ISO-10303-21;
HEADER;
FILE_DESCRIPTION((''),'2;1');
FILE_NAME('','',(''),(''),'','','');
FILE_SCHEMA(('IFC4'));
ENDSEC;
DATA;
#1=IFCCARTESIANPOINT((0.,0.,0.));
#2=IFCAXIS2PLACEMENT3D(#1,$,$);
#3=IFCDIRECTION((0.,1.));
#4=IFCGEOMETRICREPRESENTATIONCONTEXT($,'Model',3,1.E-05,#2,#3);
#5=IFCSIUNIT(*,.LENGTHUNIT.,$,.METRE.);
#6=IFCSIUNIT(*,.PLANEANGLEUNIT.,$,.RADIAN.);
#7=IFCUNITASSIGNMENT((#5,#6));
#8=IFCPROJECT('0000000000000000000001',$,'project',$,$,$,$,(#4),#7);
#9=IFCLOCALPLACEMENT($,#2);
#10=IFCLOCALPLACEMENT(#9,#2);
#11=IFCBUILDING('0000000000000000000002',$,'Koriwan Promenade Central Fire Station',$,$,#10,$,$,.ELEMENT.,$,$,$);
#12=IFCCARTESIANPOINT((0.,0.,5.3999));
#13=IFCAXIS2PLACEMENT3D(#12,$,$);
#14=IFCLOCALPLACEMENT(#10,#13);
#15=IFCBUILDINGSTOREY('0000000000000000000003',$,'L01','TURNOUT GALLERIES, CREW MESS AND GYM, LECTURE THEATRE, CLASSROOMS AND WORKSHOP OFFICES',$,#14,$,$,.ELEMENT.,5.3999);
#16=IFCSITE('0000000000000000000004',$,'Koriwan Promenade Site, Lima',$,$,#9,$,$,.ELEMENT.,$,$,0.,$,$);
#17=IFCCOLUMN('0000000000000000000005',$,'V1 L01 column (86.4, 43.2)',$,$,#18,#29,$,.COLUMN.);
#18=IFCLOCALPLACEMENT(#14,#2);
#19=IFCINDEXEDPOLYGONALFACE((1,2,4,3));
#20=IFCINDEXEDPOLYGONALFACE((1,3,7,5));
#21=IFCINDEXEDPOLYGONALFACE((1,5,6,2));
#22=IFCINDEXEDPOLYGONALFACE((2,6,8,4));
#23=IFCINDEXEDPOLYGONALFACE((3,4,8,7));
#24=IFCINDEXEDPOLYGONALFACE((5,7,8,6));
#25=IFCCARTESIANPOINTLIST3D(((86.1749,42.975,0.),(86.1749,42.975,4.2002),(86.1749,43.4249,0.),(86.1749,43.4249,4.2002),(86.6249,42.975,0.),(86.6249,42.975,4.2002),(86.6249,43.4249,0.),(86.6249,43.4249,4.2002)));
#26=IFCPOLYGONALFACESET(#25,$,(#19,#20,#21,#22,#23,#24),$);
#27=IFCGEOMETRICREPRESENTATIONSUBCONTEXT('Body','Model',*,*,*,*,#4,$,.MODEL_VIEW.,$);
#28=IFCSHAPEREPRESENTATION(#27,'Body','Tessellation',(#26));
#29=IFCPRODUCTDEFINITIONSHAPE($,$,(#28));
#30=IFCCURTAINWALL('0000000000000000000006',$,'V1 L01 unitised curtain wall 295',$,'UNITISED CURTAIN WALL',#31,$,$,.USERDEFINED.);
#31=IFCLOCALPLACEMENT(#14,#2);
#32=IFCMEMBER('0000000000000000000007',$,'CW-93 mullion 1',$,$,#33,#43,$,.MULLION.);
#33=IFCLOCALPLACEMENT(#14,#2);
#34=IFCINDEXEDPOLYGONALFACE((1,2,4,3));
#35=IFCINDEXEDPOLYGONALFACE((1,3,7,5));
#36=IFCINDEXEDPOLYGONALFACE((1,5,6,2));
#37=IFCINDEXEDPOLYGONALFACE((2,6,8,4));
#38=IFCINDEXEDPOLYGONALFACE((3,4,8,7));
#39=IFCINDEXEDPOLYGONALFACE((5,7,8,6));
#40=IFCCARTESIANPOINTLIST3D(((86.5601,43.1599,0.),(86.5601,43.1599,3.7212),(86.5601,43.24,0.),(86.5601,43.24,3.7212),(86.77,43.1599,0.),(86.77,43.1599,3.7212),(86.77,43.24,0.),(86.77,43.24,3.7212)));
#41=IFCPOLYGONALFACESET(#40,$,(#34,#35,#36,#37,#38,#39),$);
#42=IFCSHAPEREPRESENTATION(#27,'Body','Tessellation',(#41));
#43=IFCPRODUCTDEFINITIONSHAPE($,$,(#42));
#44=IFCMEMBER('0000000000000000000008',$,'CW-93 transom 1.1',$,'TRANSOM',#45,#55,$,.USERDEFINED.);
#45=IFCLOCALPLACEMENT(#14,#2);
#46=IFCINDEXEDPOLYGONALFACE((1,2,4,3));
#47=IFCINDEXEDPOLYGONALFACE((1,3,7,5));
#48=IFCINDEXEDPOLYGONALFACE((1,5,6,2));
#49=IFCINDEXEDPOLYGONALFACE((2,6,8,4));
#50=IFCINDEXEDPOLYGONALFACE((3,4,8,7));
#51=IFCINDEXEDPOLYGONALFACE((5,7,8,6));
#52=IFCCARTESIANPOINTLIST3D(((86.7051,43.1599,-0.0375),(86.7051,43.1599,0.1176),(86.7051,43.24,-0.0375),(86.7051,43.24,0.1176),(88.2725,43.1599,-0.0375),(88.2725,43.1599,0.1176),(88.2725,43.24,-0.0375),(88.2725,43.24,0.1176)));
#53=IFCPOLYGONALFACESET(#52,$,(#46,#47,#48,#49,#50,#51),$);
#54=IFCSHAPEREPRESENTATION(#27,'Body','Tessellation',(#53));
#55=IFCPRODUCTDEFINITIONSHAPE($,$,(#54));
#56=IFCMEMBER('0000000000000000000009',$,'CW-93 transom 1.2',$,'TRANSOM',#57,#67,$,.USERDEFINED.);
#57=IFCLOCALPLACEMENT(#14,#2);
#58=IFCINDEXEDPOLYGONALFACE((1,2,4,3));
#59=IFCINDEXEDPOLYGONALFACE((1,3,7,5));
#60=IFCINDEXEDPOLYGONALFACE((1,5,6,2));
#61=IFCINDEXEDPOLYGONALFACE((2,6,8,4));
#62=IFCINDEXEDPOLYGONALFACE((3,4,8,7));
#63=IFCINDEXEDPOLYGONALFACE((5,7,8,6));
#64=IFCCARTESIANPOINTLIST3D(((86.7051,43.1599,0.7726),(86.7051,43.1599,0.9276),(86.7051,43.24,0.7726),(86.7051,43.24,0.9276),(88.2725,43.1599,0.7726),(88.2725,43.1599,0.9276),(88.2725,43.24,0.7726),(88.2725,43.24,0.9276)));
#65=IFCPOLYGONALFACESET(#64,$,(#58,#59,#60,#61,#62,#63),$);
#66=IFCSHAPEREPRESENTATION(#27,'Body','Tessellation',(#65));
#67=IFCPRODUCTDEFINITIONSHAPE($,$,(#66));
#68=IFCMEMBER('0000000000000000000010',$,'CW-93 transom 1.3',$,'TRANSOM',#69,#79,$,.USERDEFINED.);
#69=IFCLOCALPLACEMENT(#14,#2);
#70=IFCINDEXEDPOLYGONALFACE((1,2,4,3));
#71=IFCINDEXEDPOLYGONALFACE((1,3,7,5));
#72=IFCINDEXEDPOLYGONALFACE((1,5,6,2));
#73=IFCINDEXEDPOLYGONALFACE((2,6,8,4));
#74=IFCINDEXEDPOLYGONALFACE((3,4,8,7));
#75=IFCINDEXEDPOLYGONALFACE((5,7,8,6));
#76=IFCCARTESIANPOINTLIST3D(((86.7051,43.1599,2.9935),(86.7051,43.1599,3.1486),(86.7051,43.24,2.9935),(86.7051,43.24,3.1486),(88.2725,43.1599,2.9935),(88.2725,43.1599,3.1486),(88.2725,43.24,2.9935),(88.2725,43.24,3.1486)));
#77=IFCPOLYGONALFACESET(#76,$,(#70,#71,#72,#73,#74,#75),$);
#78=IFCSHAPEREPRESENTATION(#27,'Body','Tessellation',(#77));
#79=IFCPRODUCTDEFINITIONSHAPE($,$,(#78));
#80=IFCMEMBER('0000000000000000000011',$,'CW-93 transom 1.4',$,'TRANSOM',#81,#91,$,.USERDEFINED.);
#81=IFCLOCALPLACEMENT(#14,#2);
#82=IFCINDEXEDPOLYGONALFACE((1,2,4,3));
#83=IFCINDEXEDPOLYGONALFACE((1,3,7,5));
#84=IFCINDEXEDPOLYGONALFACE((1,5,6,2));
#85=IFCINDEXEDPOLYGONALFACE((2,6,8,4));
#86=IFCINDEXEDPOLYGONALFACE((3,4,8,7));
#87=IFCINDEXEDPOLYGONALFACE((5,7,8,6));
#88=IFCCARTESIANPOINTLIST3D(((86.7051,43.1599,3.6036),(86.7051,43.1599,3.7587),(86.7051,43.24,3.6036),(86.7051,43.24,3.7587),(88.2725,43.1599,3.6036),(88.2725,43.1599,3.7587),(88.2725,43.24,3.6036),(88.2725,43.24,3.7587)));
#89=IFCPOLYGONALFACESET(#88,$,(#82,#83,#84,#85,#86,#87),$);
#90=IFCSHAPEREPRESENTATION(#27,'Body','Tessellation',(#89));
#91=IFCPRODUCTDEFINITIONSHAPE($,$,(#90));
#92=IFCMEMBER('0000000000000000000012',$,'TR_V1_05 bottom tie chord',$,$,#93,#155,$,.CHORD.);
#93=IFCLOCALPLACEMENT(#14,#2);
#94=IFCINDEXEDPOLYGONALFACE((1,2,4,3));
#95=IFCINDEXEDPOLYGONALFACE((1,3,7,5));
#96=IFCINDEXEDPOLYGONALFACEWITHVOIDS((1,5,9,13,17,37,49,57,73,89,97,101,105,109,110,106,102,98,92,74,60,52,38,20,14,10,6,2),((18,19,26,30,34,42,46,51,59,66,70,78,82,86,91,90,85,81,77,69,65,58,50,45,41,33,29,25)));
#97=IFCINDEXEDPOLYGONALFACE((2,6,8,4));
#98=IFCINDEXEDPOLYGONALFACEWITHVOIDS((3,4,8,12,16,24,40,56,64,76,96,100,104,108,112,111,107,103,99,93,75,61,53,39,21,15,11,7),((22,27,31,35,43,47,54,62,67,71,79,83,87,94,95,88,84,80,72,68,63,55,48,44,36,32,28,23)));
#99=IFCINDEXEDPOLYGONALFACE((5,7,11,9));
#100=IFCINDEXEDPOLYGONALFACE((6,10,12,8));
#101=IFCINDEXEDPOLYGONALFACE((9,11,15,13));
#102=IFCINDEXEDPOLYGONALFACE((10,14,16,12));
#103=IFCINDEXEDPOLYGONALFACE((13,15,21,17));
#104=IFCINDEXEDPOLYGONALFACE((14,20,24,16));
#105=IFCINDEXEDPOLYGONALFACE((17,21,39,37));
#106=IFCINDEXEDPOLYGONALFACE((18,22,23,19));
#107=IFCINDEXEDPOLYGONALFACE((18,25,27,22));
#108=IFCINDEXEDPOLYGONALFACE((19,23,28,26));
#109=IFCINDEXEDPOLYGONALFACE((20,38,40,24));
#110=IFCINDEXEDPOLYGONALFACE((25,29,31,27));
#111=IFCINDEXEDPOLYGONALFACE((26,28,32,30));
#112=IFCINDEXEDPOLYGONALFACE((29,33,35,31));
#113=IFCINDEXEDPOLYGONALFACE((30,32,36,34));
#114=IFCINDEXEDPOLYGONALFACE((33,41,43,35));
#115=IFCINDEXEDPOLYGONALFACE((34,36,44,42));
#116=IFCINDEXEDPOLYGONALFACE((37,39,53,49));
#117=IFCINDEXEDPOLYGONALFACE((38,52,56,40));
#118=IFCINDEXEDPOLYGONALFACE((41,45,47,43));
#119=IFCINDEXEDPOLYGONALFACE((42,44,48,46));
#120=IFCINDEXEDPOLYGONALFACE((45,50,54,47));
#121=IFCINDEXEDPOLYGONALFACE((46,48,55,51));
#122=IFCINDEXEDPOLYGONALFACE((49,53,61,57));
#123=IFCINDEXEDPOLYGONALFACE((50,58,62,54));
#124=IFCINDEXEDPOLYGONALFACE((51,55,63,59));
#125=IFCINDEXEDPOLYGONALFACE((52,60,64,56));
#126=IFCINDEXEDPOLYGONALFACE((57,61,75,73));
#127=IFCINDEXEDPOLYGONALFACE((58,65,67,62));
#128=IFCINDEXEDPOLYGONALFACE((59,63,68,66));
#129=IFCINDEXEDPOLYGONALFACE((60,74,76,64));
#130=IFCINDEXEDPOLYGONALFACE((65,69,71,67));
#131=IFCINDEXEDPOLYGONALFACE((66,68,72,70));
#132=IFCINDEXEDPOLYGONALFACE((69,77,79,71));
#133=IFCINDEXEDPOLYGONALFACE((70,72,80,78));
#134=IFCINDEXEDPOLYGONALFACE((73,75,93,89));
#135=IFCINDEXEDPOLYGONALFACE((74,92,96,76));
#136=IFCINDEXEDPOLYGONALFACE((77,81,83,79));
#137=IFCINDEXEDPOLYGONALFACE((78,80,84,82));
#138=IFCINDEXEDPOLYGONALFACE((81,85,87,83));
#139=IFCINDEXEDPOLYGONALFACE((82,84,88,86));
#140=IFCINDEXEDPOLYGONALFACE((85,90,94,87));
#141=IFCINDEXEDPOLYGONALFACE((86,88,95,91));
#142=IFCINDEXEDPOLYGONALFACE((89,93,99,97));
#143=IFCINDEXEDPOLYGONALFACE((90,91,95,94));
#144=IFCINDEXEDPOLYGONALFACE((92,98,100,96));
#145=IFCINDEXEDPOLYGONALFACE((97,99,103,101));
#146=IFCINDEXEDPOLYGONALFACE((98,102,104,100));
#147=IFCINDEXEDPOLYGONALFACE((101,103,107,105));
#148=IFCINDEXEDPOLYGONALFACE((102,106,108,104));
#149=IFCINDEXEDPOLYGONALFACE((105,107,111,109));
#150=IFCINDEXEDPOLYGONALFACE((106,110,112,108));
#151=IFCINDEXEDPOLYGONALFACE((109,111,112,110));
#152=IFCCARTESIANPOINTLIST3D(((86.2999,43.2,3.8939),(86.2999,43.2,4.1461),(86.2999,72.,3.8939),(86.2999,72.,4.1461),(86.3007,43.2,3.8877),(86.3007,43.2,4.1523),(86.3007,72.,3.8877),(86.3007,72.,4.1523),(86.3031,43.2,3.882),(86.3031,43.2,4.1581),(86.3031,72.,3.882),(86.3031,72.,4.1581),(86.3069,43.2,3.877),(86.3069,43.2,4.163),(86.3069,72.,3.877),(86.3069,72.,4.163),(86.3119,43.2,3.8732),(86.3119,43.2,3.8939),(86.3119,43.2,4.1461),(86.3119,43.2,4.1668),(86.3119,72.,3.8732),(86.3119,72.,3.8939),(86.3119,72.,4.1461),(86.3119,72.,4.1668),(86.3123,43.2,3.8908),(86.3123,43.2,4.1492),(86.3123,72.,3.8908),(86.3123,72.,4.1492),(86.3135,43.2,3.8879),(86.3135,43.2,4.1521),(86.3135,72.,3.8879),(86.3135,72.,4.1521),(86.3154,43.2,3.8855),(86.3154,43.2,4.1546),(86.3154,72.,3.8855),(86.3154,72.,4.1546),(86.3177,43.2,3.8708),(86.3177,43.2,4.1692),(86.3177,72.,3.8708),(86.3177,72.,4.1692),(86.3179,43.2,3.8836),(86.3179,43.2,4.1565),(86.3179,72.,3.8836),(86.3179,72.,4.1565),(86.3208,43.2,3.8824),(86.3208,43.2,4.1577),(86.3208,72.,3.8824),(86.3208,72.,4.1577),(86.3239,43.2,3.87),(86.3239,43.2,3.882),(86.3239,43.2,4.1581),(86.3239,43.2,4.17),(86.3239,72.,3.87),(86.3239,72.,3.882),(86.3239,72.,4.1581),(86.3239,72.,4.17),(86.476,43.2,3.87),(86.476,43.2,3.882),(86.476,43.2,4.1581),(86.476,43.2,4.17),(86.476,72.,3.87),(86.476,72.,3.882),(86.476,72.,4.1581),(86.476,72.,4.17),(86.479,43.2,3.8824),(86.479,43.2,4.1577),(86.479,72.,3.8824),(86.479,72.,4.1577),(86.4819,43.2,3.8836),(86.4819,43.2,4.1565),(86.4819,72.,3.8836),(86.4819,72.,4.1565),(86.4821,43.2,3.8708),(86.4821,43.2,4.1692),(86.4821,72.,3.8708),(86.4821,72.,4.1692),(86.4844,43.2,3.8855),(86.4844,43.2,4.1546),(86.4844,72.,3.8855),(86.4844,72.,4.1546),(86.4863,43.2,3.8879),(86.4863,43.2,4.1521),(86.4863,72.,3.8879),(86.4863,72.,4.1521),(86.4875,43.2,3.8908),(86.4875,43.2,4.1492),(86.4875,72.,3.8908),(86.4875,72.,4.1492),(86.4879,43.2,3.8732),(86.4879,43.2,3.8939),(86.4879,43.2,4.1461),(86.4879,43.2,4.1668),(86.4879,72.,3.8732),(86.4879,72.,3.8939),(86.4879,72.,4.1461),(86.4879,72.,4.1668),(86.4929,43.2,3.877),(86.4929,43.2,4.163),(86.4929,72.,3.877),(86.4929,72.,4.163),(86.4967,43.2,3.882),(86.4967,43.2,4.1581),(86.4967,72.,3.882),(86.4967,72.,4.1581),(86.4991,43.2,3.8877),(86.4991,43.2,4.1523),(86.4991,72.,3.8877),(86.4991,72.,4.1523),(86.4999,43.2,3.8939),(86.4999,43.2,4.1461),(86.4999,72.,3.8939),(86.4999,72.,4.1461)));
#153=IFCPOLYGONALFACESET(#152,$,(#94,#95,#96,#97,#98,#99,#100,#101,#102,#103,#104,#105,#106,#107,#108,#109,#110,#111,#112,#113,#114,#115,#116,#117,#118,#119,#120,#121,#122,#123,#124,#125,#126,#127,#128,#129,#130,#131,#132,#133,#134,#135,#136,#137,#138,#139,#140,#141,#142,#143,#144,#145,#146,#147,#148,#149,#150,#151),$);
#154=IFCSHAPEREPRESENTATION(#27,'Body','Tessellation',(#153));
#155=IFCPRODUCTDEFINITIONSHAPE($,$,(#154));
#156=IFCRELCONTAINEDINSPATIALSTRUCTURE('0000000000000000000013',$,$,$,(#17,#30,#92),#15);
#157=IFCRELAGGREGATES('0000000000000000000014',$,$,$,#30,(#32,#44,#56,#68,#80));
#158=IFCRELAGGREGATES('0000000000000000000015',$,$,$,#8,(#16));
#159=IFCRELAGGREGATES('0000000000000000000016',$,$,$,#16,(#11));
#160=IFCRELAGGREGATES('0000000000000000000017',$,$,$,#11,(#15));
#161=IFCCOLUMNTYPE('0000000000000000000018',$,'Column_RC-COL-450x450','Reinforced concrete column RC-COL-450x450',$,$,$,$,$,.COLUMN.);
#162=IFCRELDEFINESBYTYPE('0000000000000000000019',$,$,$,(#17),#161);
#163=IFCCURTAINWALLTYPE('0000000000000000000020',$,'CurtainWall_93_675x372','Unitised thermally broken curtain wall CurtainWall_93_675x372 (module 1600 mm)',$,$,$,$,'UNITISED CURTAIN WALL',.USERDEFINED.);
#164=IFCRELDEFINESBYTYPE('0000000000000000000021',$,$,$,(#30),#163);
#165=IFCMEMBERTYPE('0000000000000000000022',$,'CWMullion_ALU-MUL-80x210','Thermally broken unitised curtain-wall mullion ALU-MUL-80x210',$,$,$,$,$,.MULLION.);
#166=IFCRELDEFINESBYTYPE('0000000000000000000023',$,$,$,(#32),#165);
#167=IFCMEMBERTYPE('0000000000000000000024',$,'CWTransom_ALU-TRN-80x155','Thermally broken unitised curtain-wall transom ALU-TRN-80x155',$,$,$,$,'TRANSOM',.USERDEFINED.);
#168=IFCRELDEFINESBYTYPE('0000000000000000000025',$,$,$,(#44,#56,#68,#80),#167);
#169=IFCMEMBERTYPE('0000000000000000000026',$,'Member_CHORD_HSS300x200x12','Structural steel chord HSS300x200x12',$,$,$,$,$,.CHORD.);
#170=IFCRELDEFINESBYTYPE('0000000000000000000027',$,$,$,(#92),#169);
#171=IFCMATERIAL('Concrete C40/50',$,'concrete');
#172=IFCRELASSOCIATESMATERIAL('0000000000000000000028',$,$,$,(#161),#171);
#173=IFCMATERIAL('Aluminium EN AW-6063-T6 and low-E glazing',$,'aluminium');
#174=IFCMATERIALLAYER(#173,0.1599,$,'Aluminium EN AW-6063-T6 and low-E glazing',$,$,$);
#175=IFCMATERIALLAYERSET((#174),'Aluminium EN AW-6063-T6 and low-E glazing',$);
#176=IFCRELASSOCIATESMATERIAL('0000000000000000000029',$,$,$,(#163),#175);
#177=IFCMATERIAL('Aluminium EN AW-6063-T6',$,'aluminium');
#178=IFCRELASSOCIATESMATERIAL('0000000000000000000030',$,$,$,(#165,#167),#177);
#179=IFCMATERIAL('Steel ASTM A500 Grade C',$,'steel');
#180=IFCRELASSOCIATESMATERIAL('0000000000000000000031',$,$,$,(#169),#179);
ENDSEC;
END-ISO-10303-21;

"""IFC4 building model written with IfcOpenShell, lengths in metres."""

from ifc_helpers import new_model, si_unit, direction, frame, origin, origin_2d, place, context, subcontext, project, spatial, rectangle, hollow_rectangle, extrude, material, layer, layer_set, material_profile, profile_set, type_object, element, aggregate, save


model = new_model("IFC4")

# Units and contexts
model_context = context("Model", 3, precision=1e-05, world=origin(), true_north=direction((0.0, 1.0)))
body_context = subcontext(model_context, "Body", "Model", "MODEL_VIEW")
ifc_project = project(units=[si_unit("LENGTHUNIT", "METRE"), si_unit("PLANEANGLEUNIT", "RADIAN")], contexts=[model_context])

# Site, building, storey
site_placement = place(None, origin())
site = spatial("IfcSite", under=ifc_project, at=site_placement, Name="Koriwan Promenade Site, Lima", CompositionType="ELEMENT", RefElevation=0.0)
building_placement = place(site_placement, origin())
building = spatial("IfcBuilding", under=site, at=building_placement, Name="Koriwan Promenade Central Fire Station", CompositionType="ELEMENT")
storey_placement = place(building_placement, frame((0.0, 0.0, 5.3999)))
storey = spatial("IfcBuildingStorey", under=building, at=storey_placement, Name="L01", Description="TURNOUT GALLERIES, CREW MESS AND GYM, LECTURE THEATRE, CLASSROOMS AND WORKSHOP OFFICES", CompositionType="ELEMENT", Elevation=5.3999)

# Column
ifc_material_1 = material(Name="Concrete C40/50", Category="concrete")
ifc_material_profile_1 = material_profile(ifc_material_1, rectangle(XDim=0.45, YDim=0.45, at=origin_2d()), Name="RC-COL-450x450")
ifc_profile_set_1 = profile_set([ifc_material_profile_1], Name="Concrete C40/50")
column_type = type_object("IfcColumnType", Name="Column_RC-COL-450x450", Description="Reinforced concrete column RC-COL-450x450", PredefinedType="COLUMN", material=ifc_profile_set_1)
column_placement = place(storey_placement, frame((86.3999, 43.2, 0.0), z_axis=(0.0, 0.0, 1.0), x_axis=(1.0, 0.0, 0.0)))
element("IfcColumn", 1, at=column_placement, inside=storey, type_object=column_type, Name="V1 L01 column (86.4, 43.2)", PredefinedType="COLUMN", context=body_context, shape_type="SweptSolid", body=[
    extrude(rectangle(XDim=0.45, YDim=0.45, at=origin_2d()), origin(), (0.0, 0.0, 1.0), 4.2002),
])

# Curtain wall, members
ifc_material_2 = material(Name="Aluminium EN AW-6063-T6 and low-E glazing", Category="aluminium")
ifc_layer_1 = layer(ifc_material_2, 0.1599, Name="Aluminium EN AW-6063-T6 and low-E glazing")
ifc_layer_set_1 = layer_set([ifc_layer_1], Name="Aluminium EN AW-6063-T6 and low-E glazing")
curtain_wall_type = type_object("IfcCurtainWallType", Name="CurtainWall_93_675x372", Description="Unitised thermally broken curtain wall CurtainWall_93_675x372 (module 1600 mm)", ElementType="UNITISED CURTAIN WALL", PredefinedType="USERDEFINED", material=ifc_layer_set_1)
curtain_wall_placement = place(storey_placement, origin())
curtain_wall = element("IfcCurtainWall", 2, at=curtain_wall_placement, inside=storey, type_object=curtain_wall_type, Name="V1 L01 unitised curtain wall 295", ObjectType="UNITISED CURTAIN WALL", PredefinedType="USERDEFINED")
ifc_material_3 = material(Name="Aluminium EN AW-6063-T6", Category="aluminium")
ifc_material_profile_2 = material_profile(ifc_material_3, rectangle(XDim=0.0801, YDim=0.21, at=origin_2d()), Name="ALU-MUL-80x210")
ifc_profile_set_2 = profile_set([ifc_material_profile_2], Name="Aluminium EN AW-6063-T6")
member_type_1 = type_object("IfcMemberType", Name="CWMullion_ALU-MUL-80x210", Description="Thermally broken unitised curtain-wall mullion ALU-MUL-80x210", PredefinedType="MULLION", material=ifc_profile_set_2)
member_1_placement = place(storey_placement, frame((86.665, 43.2, 0.0), z_axis=(0.0, 0.0, 1.0), x_axis=(0.0, 1.0, 0.0)))
member_1 = element("IfcMember", 3, at=member_1_placement, type_object=member_type_1, Name="CW-93 mullion 1", PredefinedType="MULLION", context=body_context, shape_type="SweptSolid", body=[
    extrude(rectangle(XDim=0.0801, YDim=0.21, at=origin_2d()), origin(), (0.0, 0.0, 1.0), 3.7212),
])
ifc_material_profile_3 = material_profile(ifc_material_3, rectangle(XDim=0.0801, YDim=0.155, at=origin_2d()), Name="ALU-TRN-80x155")
ifc_profile_set_3 = profile_set([ifc_material_profile_3], Name="Aluminium EN AW-6063-T6")
member_type_2 = type_object("IfcMemberType", Name="CWTransom_ALU-TRN-80x155", Description="Thermally broken unitised curtain-wall transom ALU-TRN-80x155", ElementType="TRANSOM", PredefinedType="USERDEFINED", material=ifc_profile_set_3)
member_2_placement = place(storey_placement, frame((86.7051, 43.2, 0.04), z_axis=(1.0, 0.0, 0.0), x_axis=(0.0, 1.0, 0.0)))
member_2 = element("IfcMember", 4, at=member_2_placement, type_object=member_type_2, Name="CW-93 transom 1.1", ObjectType="TRANSOM", PredefinedType="USERDEFINED", context=body_context, shape_type="SweptSolid", body=[
    extrude(rectangle(XDim=0.0801, YDim=0.155, at=origin_2d()), origin(), (0.0, 0.0, 1.0), 1.5674),
])
member_3_placement = place(storey_placement, frame((86.7051, 43.2, 0.8501), z_axis=(1.0, 0.0, 0.0), x_axis=(0.0, 1.0, 0.0)))
member_3 = element("IfcMember", 5, at=member_3_placement, type_object=member_type_2, Name="CW-93 transom 1.2", ObjectType="TRANSOM", PredefinedType="USERDEFINED", context=body_context, shape_type="SweptSolid", body=[
    extrude(rectangle(XDim=0.0801, YDim=0.155, at=origin_2d()), origin(), (0.0, 0.0, 1.0), 1.5674),
])
member_4_placement = place(storey_placement, frame((86.7051, 43.2, 3.071), z_axis=(1.0, 0.0, 0.0), x_axis=(0.0, 1.0, 0.0)))
member_4 = element("IfcMember", 6, at=member_4_placement, type_object=member_type_2, Name="CW-93 transom 1.3", ObjectType="TRANSOM", PredefinedType="USERDEFINED", context=body_context, shape_type="SweptSolid", body=[
    extrude(rectangle(XDim=0.0801, YDim=0.155, at=origin_2d()), origin(), (0.0, 0.0, 1.0), 1.5674),
])
member_5_placement = place(storey_placement, frame((86.7051, 43.2, 3.6812), z_axis=(1.0, 0.0, 0.0), x_axis=(0.0, 1.0, 0.0)))
member_5 = element("IfcMember", 7, at=member_5_placement, type_object=member_type_2, Name="CW-93 transom 1.4", ObjectType="TRANSOM", PredefinedType="USERDEFINED", context=body_context, shape_type="SweptSolid", body=[
    extrude(rectangle(XDim=0.0801, YDim=0.155, at=origin_2d()), origin(), (0.0, 0.0, 1.0), 1.5674),
])
aggregate(curtain_wall, [member_1, member_2, member_3, member_4, member_5])

# Member
ifc_material_4 = material(Name="Steel ASTM A500 Grade C", Category="steel")
ifc_material_profile_4 = material_profile(ifc_material_4, hollow_rectangle(XDim=0.2, YDim=0.3, WallThickness=0.012, InnerFilletRadius=0.012, OuterFilletRadius=0.0239, at=origin_2d()), Name="HSS300x200x12")
ifc_profile_set_4 = profile_set([ifc_material_profile_4], Name="Steel ASTM A500 Grade C")
member_type_3 = type_object("IfcMemberType", Name="Member_CHORD_HSS300x200x12", Description="Structural steel chord HSS300x200x12", PredefinedType="CHORD", material=ifc_profile_set_4)
member_6_placement = place(storey_placement, frame((86.3999, 43.2, 4.02), z_axis=(0.0, 1.0, 0.0), x_axis=(-1.0, 0.0, 0.0)))
element("IfcMember", 8, at=member_6_placement, inside=storey, type_object=member_type_3, Name="TR_V1_05 bottom tie chord", PredefinedType="CHORD", context=body_context, shape_type="SweptSolid", body=[
    extrude(hollow_rectangle(XDim=0.2, YDim=0.3, WallThickness=0.012, InnerFilletRadius=0.012, OuterFilletRadius=0.0239, at=origin_2d()), origin(), (0.0, 0.0, 1.0), 28.8),
])

save(model, "model.ifc")
